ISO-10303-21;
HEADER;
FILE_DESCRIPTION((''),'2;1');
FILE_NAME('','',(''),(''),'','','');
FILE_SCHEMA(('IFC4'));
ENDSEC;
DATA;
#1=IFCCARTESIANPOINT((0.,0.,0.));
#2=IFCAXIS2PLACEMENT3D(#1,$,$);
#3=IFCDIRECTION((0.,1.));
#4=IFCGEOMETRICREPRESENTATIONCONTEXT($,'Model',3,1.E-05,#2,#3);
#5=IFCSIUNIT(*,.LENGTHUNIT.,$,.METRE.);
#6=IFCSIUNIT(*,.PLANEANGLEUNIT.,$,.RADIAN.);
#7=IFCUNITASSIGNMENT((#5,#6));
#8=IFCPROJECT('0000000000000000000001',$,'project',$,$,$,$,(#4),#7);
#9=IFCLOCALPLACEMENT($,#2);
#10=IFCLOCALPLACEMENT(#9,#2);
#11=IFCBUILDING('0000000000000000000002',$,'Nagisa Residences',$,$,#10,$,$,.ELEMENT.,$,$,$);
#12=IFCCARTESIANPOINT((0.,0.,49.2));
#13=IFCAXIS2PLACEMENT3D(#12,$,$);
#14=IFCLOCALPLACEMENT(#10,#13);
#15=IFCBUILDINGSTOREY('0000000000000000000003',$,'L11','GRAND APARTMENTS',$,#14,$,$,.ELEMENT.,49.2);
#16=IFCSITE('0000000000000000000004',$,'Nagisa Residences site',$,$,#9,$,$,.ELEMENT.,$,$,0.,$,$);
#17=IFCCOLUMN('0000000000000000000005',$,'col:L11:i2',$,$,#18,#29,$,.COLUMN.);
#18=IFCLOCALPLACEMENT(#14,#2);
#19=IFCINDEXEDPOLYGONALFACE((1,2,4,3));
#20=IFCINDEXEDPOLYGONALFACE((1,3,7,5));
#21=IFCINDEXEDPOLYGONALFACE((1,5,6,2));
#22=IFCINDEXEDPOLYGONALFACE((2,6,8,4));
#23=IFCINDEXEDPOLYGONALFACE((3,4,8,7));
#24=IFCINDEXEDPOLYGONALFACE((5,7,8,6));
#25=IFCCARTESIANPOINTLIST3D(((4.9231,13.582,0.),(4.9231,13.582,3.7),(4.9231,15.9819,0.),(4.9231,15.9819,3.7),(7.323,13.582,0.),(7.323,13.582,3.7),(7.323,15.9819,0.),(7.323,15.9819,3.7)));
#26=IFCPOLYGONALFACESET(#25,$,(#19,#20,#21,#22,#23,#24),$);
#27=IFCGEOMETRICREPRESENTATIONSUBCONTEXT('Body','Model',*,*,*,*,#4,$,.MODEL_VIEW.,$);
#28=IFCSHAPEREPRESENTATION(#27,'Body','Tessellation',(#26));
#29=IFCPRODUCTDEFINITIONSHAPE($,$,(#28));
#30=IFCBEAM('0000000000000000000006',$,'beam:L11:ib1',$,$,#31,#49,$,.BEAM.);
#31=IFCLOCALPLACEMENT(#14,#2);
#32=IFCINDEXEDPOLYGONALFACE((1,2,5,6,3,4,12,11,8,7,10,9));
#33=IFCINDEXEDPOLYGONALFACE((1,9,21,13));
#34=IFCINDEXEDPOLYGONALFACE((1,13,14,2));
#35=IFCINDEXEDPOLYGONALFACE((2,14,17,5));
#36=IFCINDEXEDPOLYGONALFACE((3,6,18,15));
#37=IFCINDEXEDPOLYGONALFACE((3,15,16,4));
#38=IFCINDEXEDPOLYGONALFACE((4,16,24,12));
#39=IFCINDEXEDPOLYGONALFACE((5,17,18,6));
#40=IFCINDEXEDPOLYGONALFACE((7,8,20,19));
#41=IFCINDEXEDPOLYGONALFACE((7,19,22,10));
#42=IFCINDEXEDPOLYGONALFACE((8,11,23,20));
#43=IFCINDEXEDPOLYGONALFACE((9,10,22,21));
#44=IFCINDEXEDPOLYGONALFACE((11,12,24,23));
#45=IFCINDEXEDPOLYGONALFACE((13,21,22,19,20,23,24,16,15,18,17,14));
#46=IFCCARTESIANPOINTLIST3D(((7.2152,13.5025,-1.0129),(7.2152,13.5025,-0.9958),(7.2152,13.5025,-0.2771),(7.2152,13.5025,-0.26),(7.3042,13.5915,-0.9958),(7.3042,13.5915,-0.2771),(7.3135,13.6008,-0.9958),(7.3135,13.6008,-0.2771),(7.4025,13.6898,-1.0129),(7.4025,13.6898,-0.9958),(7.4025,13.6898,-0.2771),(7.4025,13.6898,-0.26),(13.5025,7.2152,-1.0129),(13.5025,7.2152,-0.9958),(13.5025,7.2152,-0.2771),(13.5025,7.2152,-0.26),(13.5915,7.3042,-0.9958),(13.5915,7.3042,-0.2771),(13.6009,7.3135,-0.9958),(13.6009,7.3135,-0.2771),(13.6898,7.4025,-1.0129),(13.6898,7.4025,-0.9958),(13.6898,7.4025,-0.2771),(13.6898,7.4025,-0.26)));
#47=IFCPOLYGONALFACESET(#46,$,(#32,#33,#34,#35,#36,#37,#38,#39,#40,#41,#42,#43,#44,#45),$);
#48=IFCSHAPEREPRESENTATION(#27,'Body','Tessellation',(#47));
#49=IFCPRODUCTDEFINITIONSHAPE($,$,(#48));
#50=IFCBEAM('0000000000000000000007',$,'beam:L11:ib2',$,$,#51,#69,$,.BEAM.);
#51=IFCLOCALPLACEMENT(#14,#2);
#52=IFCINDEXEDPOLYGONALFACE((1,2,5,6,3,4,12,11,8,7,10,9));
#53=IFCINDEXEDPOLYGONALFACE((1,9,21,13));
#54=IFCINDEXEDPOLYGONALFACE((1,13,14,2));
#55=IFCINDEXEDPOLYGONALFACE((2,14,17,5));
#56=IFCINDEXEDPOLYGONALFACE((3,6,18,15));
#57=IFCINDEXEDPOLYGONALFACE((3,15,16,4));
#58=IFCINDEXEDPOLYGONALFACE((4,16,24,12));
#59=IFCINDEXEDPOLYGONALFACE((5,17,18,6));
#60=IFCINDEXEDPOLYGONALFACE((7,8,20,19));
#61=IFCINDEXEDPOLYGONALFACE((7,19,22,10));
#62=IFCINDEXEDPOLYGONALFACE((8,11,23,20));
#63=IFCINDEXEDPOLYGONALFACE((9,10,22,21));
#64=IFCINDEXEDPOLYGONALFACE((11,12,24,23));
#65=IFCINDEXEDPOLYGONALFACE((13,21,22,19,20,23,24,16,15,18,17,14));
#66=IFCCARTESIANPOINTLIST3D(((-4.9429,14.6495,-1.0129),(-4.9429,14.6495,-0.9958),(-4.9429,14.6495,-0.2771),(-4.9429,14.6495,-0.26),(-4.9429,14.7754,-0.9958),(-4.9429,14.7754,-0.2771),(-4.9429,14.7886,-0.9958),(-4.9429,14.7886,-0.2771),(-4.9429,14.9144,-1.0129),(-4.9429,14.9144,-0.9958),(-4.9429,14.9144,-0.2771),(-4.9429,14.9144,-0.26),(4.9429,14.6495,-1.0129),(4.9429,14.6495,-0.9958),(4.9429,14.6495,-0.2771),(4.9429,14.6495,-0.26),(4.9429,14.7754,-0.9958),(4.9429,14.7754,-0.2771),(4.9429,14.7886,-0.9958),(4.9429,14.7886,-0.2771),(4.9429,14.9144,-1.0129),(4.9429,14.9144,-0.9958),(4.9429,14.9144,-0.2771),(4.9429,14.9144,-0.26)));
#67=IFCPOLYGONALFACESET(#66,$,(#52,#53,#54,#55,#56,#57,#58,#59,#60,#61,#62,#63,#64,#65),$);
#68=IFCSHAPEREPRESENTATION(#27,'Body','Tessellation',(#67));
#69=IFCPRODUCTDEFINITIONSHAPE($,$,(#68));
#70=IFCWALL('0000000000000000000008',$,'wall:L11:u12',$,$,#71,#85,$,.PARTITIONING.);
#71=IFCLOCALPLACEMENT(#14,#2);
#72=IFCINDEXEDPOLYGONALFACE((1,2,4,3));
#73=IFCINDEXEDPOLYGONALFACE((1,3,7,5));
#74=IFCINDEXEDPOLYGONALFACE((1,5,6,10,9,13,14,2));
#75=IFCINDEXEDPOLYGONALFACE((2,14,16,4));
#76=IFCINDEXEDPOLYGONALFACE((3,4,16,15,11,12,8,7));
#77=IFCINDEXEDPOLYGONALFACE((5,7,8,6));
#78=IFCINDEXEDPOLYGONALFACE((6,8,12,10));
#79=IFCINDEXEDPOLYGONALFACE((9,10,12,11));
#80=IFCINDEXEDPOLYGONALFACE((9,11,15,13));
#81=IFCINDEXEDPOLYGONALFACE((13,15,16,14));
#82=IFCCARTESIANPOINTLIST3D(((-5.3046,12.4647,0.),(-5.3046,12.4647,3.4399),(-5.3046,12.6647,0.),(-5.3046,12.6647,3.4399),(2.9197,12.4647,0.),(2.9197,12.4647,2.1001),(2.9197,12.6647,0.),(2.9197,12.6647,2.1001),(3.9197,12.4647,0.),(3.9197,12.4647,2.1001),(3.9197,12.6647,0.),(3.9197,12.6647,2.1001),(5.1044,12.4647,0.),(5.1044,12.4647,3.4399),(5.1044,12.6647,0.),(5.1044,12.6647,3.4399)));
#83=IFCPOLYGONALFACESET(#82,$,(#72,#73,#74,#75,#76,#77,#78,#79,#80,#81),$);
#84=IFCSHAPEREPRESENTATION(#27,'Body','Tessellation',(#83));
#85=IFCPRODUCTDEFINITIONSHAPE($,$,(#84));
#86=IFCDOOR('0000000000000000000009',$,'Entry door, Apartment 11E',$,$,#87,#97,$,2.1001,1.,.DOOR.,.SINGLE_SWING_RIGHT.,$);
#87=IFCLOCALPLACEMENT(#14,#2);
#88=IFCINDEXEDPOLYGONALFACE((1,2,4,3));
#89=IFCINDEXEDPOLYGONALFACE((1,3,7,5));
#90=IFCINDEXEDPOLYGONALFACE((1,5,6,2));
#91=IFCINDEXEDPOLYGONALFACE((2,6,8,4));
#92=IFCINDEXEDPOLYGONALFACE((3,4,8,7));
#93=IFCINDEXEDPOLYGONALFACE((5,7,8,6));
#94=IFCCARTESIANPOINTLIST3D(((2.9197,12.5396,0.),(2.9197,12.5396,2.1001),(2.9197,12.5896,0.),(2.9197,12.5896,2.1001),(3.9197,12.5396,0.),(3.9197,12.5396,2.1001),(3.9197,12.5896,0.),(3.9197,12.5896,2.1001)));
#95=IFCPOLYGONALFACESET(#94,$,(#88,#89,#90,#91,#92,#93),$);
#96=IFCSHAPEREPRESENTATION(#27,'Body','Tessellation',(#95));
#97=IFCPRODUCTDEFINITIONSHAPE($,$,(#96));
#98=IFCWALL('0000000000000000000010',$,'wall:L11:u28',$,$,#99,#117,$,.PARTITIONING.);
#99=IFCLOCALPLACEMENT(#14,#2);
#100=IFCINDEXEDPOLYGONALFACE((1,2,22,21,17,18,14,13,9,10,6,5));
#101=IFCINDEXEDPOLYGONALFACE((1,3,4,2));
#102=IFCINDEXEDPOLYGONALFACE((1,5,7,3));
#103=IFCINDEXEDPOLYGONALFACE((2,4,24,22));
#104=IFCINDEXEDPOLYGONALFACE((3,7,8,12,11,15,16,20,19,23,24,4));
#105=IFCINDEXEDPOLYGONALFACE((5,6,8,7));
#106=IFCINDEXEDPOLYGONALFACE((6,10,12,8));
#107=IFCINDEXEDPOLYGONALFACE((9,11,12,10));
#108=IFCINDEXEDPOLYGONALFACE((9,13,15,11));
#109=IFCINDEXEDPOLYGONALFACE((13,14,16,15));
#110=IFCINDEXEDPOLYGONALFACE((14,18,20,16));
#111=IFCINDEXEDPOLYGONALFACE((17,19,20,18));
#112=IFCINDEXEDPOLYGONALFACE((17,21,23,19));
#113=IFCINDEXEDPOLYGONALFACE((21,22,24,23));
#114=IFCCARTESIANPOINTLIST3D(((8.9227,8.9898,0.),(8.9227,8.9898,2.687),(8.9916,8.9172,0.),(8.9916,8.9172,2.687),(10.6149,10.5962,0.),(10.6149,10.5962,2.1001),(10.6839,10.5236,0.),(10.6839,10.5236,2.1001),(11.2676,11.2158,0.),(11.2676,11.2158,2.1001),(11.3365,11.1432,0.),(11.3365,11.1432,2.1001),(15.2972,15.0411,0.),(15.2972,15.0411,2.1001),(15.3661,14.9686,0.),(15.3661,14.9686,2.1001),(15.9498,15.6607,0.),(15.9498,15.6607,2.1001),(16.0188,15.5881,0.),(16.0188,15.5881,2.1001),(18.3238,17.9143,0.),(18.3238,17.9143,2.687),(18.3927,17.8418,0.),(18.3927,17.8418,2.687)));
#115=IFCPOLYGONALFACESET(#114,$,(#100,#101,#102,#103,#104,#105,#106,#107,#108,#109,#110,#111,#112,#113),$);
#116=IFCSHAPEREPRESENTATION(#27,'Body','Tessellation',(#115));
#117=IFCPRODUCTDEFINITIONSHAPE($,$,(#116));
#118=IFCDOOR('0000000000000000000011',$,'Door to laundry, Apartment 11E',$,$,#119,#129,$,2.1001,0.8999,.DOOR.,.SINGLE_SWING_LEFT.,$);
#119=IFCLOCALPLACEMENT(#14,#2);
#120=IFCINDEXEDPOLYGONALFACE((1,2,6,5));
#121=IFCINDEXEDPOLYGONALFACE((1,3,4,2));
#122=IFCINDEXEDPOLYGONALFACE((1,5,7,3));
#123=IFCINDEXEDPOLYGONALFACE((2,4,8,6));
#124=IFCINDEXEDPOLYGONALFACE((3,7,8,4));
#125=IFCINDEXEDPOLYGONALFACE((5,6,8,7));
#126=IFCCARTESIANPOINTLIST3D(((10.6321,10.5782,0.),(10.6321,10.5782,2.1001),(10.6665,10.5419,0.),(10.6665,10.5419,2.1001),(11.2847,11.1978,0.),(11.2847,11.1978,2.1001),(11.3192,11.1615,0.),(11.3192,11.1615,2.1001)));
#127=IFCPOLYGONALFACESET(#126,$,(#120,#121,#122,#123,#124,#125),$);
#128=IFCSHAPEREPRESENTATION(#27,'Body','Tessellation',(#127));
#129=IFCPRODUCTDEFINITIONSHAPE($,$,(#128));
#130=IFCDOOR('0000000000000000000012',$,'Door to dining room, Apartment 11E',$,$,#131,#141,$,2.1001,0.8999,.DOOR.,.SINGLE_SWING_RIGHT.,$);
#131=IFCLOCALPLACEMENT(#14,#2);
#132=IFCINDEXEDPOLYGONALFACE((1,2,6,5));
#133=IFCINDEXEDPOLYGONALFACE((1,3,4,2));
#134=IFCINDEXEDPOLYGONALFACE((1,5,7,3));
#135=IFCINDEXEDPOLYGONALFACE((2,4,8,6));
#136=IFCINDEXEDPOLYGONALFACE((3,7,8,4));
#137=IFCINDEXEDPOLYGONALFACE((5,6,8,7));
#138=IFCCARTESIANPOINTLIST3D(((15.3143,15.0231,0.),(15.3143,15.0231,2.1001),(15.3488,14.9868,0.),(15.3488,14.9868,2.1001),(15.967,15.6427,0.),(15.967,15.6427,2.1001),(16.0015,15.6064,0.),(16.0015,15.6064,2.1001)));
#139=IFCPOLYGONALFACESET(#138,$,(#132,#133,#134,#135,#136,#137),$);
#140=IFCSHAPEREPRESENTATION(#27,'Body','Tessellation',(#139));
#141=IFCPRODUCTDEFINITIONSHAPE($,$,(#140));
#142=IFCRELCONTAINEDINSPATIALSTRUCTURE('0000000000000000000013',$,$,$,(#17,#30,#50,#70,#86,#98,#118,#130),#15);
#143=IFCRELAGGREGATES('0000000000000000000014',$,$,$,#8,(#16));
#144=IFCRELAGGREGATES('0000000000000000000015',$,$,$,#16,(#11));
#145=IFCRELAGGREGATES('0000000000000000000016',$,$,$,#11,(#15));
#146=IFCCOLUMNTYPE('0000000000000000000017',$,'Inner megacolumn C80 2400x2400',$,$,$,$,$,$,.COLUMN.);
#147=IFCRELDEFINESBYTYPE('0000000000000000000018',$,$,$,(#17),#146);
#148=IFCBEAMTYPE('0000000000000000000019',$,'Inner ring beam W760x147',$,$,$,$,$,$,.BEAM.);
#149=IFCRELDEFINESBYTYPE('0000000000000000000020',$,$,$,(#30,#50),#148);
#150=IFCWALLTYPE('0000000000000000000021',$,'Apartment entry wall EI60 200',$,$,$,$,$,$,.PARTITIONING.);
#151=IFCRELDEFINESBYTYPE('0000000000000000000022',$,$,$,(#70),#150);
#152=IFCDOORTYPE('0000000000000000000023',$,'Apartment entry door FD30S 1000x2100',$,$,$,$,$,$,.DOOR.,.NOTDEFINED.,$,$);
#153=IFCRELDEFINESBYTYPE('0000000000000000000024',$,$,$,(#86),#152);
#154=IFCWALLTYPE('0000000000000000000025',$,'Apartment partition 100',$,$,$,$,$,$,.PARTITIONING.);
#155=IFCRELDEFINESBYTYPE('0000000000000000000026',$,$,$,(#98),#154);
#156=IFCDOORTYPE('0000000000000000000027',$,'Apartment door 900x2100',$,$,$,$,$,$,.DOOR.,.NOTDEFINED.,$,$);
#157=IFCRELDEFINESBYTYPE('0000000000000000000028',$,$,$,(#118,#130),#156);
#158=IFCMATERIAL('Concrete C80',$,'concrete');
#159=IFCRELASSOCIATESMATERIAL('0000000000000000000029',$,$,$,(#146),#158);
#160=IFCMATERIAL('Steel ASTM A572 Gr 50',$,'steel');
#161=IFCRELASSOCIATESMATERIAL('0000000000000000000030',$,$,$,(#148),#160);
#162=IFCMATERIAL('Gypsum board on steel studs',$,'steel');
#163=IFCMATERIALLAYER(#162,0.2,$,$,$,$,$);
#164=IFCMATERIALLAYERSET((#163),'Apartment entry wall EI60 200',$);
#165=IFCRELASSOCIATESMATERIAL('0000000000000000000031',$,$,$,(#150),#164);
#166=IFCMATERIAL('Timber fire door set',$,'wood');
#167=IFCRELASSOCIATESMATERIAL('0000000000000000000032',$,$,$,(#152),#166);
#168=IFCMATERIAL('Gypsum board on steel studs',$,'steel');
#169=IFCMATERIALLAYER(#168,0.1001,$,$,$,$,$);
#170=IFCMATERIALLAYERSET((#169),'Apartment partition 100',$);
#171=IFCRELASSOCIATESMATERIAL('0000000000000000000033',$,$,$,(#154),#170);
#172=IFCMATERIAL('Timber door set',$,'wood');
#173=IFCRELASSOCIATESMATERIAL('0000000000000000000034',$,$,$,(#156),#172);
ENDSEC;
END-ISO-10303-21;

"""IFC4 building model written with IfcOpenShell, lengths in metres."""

from ifc_helpers import new_model, si_unit, direction, frame, frame_2d, origin, origin_2d, place, context, subcontext, project, spatial, rectangle, i_section, extrude, material, layer, layer_set, material_profile, profile_set, type_object, element, fill, save


model = new_model("IFC4")

# Units and contexts
model_context = context("Model", 3, precision=1e-05, world=origin(), true_north=direction((0.0, 1.0)))
body_context = subcontext(model_context, "Body", "Model", "MODEL_VIEW")
ifc_project = project(units=[si_unit("LENGTHUNIT", "METRE"), si_unit("PLANEANGLEUNIT", "RADIAN")], contexts=[model_context])

# Site, building, storey
site_placement = place(None, origin())
site = spatial("IfcSite", under=ifc_project, at=site_placement, Name="Nagisa Residences site", CompositionType="ELEMENT", RefElevation=0.0)
building_placement = place(site_placement, origin())
building = spatial("IfcBuilding", under=site, at=building_placement, Name="Nagisa Residences", CompositionType="ELEMENT")
storey_placement = place(building_placement, frame((0.0, 0.0, 49.2)))
storey = spatial("IfcBuildingStorey", under=building, at=storey_placement, Name="L11", Description="GRAND APARTMENTS", CompositionType="ELEMENT", Elevation=49.2)

# Column
ifc_material_1 = material(Name="Concrete C80", Category="concrete")
ifc_material_profile_1 = material_profile(ifc_material_1, rectangle(XDim=2.3999, YDim=2.3999, at=origin_2d()), Name="C80 2400x2400")
ifc_profile_set_1 = profile_set([ifc_material_profile_1], Name="Concrete C80")
column_type = type_object("IfcColumnType", Name="Inner megacolumn C80 2400x2400", PredefinedType="COLUMN", material=ifc_profile_set_1)
column_placement = place(storey_placement, frame((6.123, 14.782, 0.0), z_axis=(0.0, 0.0, 1.0), x_axis=(1.0, 0.0, 0.0)))
element("IfcColumn", 1, at=column_placement, inside=storey, type_object=column_type, Name="col:L11:i2", PredefinedType="COLUMN", context=body_context, shape_type="SweptSolid", body=[
    extrude(rectangle(XDim=2.3999, YDim=2.3999, at=origin_2d()), origin(), (0.0, 0.0, 1.0), 3.7),
])

# Beams
ifc_material_2 = material(Name="Steel ASTM A572 Gr 50", Category="steel")
ifc_material_profile_2 = material_profile(ifc_material_2, i_section(OverallWidth=0.2649, OverallDepth=0.7529, WebThickness=0.0132, FlangeThickness=0.0171, at=origin_2d()), Name="W760x147")
ifc_profile_set_2 = profile_set([ifc_material_profile_2], Name="Steel ASTM A572 Gr 50")
beam_type = type_object("IfcBeamType", Name="Inner ring beam W760x147", PredefinedType="BEAM", material=ifc_profile_set_2)
beam_1_placement = place(storey_placement, frame((13.5962, 7.3088, -0.6365), z_axis=(-0.707107, 0.707107, 0.0), x_axis=(-0.707107, -0.707107, 0.0)))
element("IfcBeam", 2, at=beam_1_placement, inside=storey, type_object=beam_type, Name="beam:L11:ib1", PredefinedType="BEAM", context=body_context, shape_type="SweptSolid", body=[
    extrude(i_section(OverallWidth=0.2649, OverallDepth=0.7529, WebThickness=0.0132, FlangeThickness=0.0171, at=origin_2d()), origin(), (0.0, 0.0, 1.0), 8.8916),
])
beam_2_placement = place(storey_placement, frame((4.9429, 14.782, -0.6365), z_axis=(-1.0, 0.0, 0.0), x_axis=(0.0, -1.0, 0.0)))
element("IfcBeam", 3, at=beam_2_placement, inside=storey, type_object=beam_type, Name="beam:L11:ib2", PredefinedType="BEAM", context=body_context, shape_type="SweptSolid", body=[
    extrude(i_section(OverallWidth=0.2649, OverallDepth=0.7529, WebThickness=0.0132, FlangeThickness=0.0171, at=origin_2d()), origin(), (0.0, 0.0, 1.0), 9.8857),
])

# Wall, opening, door
ifc_material_3 = material(Name="Gypsum board on steel studs", Category="steel")
ifc_layer_1 = layer(ifc_material_3, 0.2)
ifc_layer_set_1 = layer_set([ifc_layer_1], Name="Apartment entry wall EI60 200")
wall_type_1 = type_object("IfcWallType", Name="Apartment entry wall EI60 200", PredefinedType="PARTITIONING", material=ifc_layer_set_1)
wall_1_placement = place(storey_placement, frame((5.1045, 12.5647, 0.0), z_axis=(0.0, 0.0, 1.0), x_axis=(-1.0, 0.0, 0.0)))
wall_1 = element("IfcWall", 4, at=wall_1_placement, inside=storey, type_object=wall_type_1, Name="wall:L11:u12", PredefinedType="PARTITIONING", context=body_context, shape_type="SweptSolid", body=[
    extrude(rectangle(XDim=10.4089, YDim=0.2, at=frame_2d((5.2046, 0.0))), origin(), (0.0, 0.0, 1.0), 3.4399),
])
opening_1_placement = place(wall_1_placement, frame((1.1848, 0.0, 0.0)))
opening_1 = element("IfcOpeningElement", 5, at=opening_1_placement, cuts=wall_1, PredefinedType="OPENING", context=body_context, shape_type="SweptSolid", body=[
    extrude(rectangle(XDim=1.0, YDim=2.1001, at=frame_2d((0.5, 1.05))), frame((0.0, 0.1099, 0.0), z_axis=(0.0, -1.0, 0.0), x_axis=(1.0, 0.0, 0.0)), (0.0, 0.0, 1.0), 0.22),
])
ifc_material_4 = material(Name="Timber fire door set", Category="wood")
door_type_1 = type_object("IfcDoorType", Name="Apartment entry door FD30S 1000x2100", OperationType="NOTDEFINED", PredefinedType="DOOR", material=ifc_material_4)
door_1_placement = place(opening_1_placement, frame((1.0, 0.0, 0.0), x_axis=(-1.0, 0.0, 0.0)))
door_1 = element("IfcDoor", 6, at=door_1_placement, inside=storey, type_object=door_type_1, Name="Entry door, Apartment 11E", OperationType="SINGLE_SWING_RIGHT", OverallHeight=2.1001, OverallWidth=1.0, PredefinedType="DOOR", context=body_context, shape_type="SweptSolid", body=[
    extrude(rectangle(XDim=1.0, YDim=2.1001, at=frame_2d((0.5, 1.05))), frame((0.0, 0.0249, 0.0), z_axis=(0.0, -1.0, 0.0), x_axis=(1.0, 0.0, 0.0)), (0.0, 0.0, 1.0), 0.05),
])
fill(opening_1, door_1)

# Wall, openings, doors
ifc_material_5 = material(Name="Gypsum board on steel studs", Category="steel")
ifc_layer_2 = layer(ifc_material_5, 0.1001)
ifc_layer_set_2 = layer_set([ifc_layer_2], Name="Apartment partition 100")
wall_type_2 = type_object("IfcWallType", Name="Apartment partition 100", PredefinedType="PARTITIONING", material=ifc_layer_set_2)
wall_2_placement = place(storey_placement, frame((8.957, 8.9534, 0.0), z_axis=(0.0, 0.0, 1.0), x_axis=(0.72525, 0.688486, 0.0)))
wall_2 = element("IfcWall", 7, at=wall_2_placement, inside=storey, type_object=wall_type_2, Name="wall:L11:u28", PredefinedType="PARTITIONING", context=body_context, shape_type="SweptSolid", body=[
    extrude(rectangle(XDim=12.9626, YDim=0.1001, at=frame_2d((6.4814, 0.0))), origin(), (0.0, 0.0, 1.0), 2.687),
])
opening_2_placement = place(wall_2_placement, frame((2.3335, 0.0, 0.0)))
opening_2 = element("IfcOpeningElement", 8, at=opening_2_placement, cuts=wall_2, PredefinedType="OPENING", context=body_context, shape_type="SweptSolid", body=[
    extrude(rectangle(XDim=0.8999, YDim=2.1001, at=frame_2d((0.45, 1.05))), frame((0.0, 0.0601, 0.0), z_axis=(0.0, -1.0, 0.0), x_axis=(1.0, 0.0, 0.0)), (0.0, 0.0, 1.0), 0.1201),
])
opening_3_placement = place(wall_2_placement, frame((8.7896, 0.0, 0.0)))
opening_3 = element("IfcOpeningElement", 9, at=opening_3_placement, cuts=wall_2, PredefinedType="OPENING", context=body_context, shape_type="SweptSolid", body=[
    extrude(rectangle(XDim=0.8999, YDim=2.1001, at=frame_2d((0.45, 1.05))), frame((0.0, 0.0601, 0.0), z_axis=(0.0, -1.0, 0.0), x_axis=(1.0, 0.0, 0.0)), (0.0, 0.0, 1.0), 0.1201),
])
ifc_material_6 = material(Name="Timber door set", Category="wood")
door_type_2 = type_object("IfcDoorType", Name="Apartment door 900x2100", OperationType="NOTDEFINED", PredefinedType="DOOR", material=ifc_material_6)
door_2_placement = place(opening_2_placement, frame((0.8999, 0.0, 0.0), x_axis=(-1.0, 0.0, 0.0)))
door_2 = element("IfcDoor", 10, at=door_2_placement, inside=storey, type_object=door_type_2, Name="Door to laundry, Apartment 11E", OperationType="SINGLE_SWING_LEFT", OverallHeight=2.1001, OverallWidth=0.8999, PredefinedType="DOOR", context=body_context, shape_type="SweptSolid", body=[
    extrude(rectangle(XDim=0.8999, YDim=2.1001, at=frame_2d((0.45, 1.05))), frame((0.0, 0.0249, 0.0), z_axis=(0.0, -1.0, 0.0), x_axis=(1.0, 0.0, 0.0)), (0.0, 0.0, 1.0), 0.05),
])
fill(opening_2, door_2)
door_3_placement = place(opening_3_placement, frame((0.8999, 0.0, 0.0), x_axis=(-1.0, 0.0, 0.0)))
door_3 = element("IfcDoor", 11, at=door_3_placement, inside=storey, type_object=door_type_2, Name="Door to dining room, Apartment 11E", OperationType="SINGLE_SWING_RIGHT", OverallHeight=2.1001, OverallWidth=0.8999, PredefinedType="DOOR", context=body_context, shape_type="SweptSolid", body=[
    extrude(rectangle(XDim=0.8999, YDim=2.1001, at=frame_2d((0.45, 1.05))), frame((0.0, 0.0249, 0.0), z_axis=(0.0, -1.0, 0.0), x_axis=(1.0, 0.0, 0.0)), (0.0, 0.0, 1.0), 0.05),
])
fill(opening_3, door_3)

save(model, "model.ifc")
